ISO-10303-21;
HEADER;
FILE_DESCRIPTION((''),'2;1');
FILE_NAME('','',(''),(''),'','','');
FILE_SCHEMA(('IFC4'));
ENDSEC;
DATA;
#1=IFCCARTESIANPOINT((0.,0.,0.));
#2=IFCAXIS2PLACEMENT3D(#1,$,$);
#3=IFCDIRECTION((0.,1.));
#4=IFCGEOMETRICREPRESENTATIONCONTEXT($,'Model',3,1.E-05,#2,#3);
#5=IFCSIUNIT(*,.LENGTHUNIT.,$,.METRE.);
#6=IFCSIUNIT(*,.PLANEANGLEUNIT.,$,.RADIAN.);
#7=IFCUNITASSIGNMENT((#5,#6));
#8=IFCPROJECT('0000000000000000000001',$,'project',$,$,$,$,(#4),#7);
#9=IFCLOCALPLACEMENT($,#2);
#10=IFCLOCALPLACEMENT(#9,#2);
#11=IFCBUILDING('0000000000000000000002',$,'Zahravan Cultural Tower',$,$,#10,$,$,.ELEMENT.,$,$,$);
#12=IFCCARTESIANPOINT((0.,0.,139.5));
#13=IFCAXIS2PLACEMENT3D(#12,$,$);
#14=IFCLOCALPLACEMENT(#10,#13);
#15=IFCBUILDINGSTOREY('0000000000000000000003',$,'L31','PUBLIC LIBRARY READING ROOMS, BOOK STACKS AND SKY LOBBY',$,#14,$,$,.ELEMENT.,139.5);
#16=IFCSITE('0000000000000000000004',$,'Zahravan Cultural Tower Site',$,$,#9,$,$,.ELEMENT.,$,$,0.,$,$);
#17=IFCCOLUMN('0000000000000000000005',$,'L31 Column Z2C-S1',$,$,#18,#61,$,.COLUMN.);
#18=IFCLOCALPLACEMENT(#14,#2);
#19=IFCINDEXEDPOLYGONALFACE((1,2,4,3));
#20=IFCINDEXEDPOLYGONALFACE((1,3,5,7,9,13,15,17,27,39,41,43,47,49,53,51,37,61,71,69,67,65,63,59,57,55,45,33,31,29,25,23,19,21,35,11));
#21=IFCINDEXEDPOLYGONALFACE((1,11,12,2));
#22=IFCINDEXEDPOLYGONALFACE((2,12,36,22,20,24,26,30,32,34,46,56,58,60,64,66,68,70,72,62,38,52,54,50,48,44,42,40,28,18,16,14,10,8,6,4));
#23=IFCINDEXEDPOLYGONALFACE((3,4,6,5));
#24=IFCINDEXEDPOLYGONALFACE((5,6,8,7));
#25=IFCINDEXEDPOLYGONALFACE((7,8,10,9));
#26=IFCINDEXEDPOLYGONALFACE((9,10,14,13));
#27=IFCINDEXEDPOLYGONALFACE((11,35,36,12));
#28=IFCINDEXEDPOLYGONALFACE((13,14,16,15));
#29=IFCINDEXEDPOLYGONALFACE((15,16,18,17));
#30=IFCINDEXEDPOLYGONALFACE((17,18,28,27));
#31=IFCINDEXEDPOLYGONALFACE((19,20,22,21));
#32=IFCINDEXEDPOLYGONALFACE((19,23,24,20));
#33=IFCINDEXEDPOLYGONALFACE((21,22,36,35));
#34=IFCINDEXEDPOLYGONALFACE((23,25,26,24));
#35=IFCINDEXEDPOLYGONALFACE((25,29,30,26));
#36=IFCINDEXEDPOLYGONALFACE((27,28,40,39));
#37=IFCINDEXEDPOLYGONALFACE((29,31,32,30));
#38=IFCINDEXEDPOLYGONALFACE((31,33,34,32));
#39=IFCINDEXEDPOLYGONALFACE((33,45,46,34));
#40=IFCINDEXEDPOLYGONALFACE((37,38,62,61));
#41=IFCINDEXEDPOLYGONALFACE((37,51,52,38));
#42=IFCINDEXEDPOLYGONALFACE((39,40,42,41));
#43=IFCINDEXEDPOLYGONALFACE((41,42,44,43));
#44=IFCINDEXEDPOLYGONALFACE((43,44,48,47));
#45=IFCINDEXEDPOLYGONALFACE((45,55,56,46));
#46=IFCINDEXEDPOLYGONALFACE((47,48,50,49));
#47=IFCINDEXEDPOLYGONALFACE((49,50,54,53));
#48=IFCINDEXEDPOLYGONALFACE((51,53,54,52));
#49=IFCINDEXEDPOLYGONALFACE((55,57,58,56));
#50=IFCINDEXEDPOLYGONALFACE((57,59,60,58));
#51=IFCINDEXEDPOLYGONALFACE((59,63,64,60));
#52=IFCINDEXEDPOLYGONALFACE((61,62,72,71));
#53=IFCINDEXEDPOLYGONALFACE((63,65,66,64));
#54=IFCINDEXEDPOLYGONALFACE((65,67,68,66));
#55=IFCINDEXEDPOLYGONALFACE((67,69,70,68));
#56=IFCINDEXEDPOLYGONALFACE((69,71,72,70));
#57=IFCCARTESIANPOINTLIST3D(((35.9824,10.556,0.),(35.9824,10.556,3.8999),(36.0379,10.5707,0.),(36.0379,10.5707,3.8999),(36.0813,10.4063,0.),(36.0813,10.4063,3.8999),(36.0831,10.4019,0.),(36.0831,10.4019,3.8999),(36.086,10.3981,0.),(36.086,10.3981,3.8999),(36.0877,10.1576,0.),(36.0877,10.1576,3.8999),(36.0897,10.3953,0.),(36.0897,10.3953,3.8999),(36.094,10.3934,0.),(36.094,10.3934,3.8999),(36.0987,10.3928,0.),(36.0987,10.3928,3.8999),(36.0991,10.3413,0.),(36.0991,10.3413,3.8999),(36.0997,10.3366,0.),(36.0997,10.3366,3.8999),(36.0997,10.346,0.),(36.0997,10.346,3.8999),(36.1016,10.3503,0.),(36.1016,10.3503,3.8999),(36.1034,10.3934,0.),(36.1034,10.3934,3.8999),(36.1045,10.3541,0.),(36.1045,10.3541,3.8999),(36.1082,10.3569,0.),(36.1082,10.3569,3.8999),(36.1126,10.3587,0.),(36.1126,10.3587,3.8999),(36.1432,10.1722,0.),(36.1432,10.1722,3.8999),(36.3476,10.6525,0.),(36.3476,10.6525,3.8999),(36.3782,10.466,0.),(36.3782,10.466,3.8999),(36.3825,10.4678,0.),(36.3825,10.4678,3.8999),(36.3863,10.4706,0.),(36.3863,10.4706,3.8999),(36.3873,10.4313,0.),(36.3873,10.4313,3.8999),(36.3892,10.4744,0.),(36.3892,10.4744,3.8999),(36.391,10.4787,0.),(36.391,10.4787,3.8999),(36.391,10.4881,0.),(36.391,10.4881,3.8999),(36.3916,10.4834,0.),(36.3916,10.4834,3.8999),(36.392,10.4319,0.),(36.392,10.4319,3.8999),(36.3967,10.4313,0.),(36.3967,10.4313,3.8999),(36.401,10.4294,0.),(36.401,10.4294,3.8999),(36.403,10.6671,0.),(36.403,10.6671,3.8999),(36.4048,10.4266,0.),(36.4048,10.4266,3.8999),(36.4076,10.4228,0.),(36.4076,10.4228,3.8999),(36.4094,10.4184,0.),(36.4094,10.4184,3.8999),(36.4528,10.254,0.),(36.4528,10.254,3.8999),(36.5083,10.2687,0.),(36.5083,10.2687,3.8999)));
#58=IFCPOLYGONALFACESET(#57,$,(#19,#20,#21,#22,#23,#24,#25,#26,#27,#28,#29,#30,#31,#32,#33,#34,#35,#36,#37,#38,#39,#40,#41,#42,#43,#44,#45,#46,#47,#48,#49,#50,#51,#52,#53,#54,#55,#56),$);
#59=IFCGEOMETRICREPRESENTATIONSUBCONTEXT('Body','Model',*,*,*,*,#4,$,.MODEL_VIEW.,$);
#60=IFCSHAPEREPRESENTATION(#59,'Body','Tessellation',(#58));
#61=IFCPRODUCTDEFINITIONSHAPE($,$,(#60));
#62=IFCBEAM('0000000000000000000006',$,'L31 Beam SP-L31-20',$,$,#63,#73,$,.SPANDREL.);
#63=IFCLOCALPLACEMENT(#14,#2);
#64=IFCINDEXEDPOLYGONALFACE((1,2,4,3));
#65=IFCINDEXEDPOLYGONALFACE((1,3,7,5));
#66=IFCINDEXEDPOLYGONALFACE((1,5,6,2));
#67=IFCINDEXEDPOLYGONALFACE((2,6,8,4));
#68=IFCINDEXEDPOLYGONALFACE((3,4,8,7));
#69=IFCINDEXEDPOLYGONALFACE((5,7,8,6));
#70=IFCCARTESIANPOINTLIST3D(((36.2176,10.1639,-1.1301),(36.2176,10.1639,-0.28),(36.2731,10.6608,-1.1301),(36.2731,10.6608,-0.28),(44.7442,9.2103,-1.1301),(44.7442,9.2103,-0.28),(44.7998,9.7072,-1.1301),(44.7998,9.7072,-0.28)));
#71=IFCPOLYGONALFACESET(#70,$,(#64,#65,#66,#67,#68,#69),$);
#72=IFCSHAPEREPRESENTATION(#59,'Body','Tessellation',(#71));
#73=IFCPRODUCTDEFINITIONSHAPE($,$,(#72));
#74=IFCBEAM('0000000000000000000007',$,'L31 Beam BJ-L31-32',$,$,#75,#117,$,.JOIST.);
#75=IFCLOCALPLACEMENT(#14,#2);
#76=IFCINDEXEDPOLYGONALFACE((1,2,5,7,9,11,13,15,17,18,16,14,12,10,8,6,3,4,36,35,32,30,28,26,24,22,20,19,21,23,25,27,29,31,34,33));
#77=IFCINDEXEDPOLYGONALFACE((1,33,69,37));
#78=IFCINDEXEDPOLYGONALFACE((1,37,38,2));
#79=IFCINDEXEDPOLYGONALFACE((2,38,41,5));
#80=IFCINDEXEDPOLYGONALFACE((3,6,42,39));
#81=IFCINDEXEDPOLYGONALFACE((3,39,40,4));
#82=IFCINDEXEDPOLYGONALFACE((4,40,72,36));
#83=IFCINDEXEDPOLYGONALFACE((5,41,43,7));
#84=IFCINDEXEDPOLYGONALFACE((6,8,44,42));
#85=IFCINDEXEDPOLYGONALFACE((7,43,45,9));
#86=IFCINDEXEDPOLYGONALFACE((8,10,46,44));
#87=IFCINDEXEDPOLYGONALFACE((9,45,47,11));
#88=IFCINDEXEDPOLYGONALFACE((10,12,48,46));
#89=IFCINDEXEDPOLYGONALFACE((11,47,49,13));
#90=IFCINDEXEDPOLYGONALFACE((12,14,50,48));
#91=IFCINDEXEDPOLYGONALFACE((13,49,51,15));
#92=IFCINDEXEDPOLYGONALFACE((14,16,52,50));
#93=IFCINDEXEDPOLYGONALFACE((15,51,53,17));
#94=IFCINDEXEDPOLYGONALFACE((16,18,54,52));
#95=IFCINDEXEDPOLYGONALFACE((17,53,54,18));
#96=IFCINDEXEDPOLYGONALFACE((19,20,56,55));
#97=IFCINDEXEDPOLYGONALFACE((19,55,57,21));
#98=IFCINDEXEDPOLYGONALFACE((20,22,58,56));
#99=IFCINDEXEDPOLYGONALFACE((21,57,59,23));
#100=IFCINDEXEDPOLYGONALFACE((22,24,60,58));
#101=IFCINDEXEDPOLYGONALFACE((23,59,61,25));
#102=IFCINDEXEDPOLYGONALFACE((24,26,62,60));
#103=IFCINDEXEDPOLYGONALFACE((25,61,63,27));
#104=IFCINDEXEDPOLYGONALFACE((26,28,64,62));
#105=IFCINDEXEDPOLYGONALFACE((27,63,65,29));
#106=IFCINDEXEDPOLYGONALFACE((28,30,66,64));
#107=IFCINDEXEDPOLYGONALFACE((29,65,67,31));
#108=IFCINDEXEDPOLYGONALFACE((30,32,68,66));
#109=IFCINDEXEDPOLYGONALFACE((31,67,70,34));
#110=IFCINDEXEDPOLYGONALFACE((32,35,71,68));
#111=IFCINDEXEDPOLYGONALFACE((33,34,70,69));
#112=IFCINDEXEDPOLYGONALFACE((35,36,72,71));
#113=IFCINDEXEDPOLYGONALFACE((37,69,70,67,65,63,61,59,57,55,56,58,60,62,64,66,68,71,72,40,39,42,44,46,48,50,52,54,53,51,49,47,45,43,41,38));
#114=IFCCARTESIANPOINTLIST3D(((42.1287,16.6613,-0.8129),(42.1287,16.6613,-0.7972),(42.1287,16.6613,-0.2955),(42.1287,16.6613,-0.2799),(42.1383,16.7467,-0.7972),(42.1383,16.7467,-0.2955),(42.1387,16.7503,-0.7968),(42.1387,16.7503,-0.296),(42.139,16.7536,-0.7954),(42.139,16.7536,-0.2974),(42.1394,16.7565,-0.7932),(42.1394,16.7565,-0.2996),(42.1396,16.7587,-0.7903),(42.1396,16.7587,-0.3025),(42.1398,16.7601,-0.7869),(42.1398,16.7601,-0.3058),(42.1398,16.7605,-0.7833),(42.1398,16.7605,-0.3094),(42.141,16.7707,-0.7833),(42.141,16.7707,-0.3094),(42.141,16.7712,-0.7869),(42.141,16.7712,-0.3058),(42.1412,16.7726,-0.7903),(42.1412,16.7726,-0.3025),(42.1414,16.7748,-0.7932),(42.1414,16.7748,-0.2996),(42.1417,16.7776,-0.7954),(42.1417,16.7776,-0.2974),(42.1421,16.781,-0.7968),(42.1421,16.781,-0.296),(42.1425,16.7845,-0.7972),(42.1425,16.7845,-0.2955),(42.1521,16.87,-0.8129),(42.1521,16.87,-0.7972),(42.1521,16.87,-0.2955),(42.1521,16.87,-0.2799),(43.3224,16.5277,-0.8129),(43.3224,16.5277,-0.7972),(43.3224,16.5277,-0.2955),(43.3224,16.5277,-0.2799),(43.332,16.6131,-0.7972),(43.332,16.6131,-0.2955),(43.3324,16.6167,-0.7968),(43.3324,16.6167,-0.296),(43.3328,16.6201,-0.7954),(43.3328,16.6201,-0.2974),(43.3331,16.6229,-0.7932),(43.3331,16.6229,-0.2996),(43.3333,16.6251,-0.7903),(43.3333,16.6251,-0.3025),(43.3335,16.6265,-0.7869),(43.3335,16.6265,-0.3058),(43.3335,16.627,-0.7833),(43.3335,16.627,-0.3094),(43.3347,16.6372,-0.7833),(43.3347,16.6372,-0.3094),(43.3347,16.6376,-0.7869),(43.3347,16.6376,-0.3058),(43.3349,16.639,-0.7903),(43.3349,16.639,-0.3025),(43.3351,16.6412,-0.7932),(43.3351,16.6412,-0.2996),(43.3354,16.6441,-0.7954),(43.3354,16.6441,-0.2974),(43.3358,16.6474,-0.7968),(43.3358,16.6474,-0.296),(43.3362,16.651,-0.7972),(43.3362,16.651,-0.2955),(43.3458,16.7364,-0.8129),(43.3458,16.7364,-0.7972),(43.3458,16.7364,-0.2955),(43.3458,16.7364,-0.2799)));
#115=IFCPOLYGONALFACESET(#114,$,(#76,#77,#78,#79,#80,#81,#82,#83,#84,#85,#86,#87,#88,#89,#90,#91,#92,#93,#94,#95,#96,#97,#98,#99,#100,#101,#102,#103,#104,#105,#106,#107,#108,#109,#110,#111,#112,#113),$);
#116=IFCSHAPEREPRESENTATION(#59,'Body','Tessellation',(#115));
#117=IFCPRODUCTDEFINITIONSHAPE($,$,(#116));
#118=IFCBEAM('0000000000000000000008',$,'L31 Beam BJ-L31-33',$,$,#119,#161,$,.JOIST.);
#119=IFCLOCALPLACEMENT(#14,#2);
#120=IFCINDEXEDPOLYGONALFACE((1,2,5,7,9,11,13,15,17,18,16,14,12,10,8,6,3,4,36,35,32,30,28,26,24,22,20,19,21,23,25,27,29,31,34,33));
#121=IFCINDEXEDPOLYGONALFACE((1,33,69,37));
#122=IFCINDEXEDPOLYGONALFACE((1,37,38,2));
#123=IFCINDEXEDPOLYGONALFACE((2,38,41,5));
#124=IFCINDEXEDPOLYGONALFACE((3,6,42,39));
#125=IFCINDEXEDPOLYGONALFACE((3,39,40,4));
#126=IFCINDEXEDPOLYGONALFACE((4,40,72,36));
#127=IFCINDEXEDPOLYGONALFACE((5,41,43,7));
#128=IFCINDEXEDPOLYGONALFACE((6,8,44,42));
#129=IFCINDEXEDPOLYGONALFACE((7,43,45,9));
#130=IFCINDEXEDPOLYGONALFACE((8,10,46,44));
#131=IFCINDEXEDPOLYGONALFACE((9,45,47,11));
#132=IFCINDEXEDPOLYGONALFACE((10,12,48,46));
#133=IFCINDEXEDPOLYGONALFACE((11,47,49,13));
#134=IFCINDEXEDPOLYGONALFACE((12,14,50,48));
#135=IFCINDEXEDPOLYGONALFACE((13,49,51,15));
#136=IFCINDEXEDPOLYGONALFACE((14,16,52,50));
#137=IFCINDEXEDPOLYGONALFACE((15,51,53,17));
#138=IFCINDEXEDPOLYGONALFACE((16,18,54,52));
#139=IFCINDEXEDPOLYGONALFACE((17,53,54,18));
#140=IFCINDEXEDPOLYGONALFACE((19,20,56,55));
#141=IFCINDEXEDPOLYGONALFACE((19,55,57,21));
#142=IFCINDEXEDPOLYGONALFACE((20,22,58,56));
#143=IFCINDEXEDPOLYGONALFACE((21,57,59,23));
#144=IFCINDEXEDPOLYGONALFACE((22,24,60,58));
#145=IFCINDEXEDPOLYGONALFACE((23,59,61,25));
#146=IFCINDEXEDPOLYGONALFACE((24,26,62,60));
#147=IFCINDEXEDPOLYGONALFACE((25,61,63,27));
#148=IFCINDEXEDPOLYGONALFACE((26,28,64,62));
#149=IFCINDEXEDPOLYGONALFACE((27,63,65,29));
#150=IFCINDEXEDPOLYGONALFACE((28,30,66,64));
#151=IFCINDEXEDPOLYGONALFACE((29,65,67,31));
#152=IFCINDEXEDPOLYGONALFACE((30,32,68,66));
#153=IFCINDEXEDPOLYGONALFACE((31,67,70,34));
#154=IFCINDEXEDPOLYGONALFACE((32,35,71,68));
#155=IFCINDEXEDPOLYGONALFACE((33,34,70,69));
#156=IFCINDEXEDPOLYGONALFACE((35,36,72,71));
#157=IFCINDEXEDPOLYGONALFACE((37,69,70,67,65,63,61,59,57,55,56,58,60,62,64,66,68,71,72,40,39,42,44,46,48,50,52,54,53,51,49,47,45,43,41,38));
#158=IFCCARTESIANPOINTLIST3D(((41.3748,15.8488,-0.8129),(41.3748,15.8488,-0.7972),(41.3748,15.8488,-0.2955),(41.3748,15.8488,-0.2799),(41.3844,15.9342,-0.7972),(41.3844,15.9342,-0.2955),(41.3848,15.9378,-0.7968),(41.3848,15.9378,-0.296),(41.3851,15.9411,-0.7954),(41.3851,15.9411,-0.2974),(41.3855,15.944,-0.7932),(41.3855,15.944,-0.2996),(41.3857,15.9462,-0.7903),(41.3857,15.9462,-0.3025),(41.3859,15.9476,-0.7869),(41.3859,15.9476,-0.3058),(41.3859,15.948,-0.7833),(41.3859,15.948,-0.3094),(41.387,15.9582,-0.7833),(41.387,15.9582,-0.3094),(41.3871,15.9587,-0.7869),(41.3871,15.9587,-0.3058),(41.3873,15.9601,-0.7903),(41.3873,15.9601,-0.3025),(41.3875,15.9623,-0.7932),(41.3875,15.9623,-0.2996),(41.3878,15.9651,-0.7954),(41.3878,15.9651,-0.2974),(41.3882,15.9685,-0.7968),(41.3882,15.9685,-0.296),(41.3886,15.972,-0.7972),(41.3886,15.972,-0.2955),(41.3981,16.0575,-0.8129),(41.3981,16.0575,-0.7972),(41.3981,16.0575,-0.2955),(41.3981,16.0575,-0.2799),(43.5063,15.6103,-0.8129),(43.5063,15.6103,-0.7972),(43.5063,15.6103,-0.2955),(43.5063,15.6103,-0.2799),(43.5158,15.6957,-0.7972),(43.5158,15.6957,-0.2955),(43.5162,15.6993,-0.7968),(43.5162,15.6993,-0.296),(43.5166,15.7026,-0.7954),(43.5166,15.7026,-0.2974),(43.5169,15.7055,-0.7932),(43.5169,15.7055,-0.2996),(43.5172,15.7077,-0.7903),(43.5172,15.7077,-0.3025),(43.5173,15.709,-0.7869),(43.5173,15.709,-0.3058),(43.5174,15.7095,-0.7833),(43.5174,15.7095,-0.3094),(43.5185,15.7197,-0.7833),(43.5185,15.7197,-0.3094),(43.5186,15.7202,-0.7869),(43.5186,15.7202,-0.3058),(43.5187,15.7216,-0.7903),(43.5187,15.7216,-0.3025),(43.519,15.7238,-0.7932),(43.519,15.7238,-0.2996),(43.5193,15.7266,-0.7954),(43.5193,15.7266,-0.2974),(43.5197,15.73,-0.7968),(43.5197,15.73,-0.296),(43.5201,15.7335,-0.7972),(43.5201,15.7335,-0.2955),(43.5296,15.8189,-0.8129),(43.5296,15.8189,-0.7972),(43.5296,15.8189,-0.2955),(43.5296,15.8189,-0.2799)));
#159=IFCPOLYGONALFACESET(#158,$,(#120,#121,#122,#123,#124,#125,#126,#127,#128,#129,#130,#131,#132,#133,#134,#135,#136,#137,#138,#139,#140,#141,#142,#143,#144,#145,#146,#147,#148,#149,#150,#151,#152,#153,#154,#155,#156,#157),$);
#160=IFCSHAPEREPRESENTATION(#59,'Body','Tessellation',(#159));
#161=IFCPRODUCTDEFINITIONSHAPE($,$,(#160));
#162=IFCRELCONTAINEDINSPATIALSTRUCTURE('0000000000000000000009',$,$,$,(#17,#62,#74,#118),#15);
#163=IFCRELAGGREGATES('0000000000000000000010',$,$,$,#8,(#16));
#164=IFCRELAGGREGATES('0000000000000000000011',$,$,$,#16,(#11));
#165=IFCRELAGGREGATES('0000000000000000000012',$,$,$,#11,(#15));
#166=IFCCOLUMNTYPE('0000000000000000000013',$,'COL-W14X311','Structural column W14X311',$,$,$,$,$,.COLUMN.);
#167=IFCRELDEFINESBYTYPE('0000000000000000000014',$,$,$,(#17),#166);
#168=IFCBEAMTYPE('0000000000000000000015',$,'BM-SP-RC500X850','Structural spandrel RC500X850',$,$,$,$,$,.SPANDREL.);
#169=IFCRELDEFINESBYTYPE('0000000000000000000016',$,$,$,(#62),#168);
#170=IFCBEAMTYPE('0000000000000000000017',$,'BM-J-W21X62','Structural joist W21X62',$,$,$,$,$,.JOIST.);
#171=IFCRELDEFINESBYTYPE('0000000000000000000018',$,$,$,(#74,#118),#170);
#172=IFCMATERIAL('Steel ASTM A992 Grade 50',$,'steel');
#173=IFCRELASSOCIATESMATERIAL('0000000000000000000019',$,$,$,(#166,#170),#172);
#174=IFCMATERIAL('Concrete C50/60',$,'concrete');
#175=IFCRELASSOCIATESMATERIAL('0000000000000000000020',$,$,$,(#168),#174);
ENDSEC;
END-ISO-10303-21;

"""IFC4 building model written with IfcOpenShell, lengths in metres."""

from ifc_helpers import new_model, si_unit, direction, frame, origin, origin_2d, place, context, subcontext, project, spatial, rectangle, i_section, extrude, source, transform, mapped, material, material_profile, profile_set, type_object, element, save


model = new_model("IFC4")

# Units and contexts
model_context = context("Model", 3, precision=1e-05, world=origin(), true_north=direction((0.0, 1.0)))
body_context = subcontext(model_context, "Body", "Model", "MODEL_VIEW")
ifc_project = project(units=[si_unit("LENGTHUNIT", "METRE"), si_unit("PLANEANGLEUNIT", "RADIAN")], contexts=[model_context])

# Site, building, storey
site_placement = place(None, origin())
site = spatial("IfcSite", under=ifc_project, at=site_placement, Name="Zahravan Cultural Tower Site", CompositionType="ELEMENT", RefElevation=0.0)
building_placement = place(site_placement, origin())
building = spatial("IfcBuilding", under=site, at=building_placement, Name="Zahravan Cultural Tower", CompositionType="ELEMENT")
storey_placement = place(building_placement, frame((0.0, 0.0, 139.5)))
storey = spatial("IfcBuildingStorey", under=building, at=storey_placement, Name="L31", Description="PUBLIC LIBRARY READING ROOMS, BOOK STACKS AND SKY LOBBY", CompositionType="ELEMENT", Elevation=139.5)

# Column
ifc_material_1 = material(Name="Steel ASTM A992 Grade 50", Category="steel")
ifc_material_profile_1 = material_profile(ifc_material_1, i_section(OverallWidth=0.4121, OverallDepth=0.4351, WebThickness=0.0359, FlangeThickness=0.0574, FilletRadius=0.0181, at=origin_2d()), Name="W14X311")
ifc_profile_set_1 = profile_set([ifc_material_profile_1], Name="Steel ASTM A992 Grade 50")
column_type = type_object("IfcColumnType", Name="COL-W14X311", Description="Structural column W14X311", PredefinedType="COLUMN", material=ifc_profile_set_1)
shared_shape_1 = source(origin(), body_context, "Body", "SweptSolid", [
    extrude(i_section(OverallWidth=0.4121, OverallDepth=0.4351, WebThickness=0.0359, FlangeThickness=0.0574, FilletRadius=0.0181, at=origin_2d()), origin(), (0.0, 0.0, 1.0), 3.8999),
])
column_placement = place(storey_placement, frame((36.2454, 10.4124, 0.0), z_axis=(0.0, 0.0, 1.0), x_axis=(-0.255446, 0.966823, 0.0)))
element("IfcColumn", 1, at=column_placement, inside=storey, type_object=column_type, Name="L31 Column Z2C-S1", PredefinedType="COLUMN", context=body_context, shape_type="MappedRepresentation", body=[
    mapped(shared_shape_1, transform((0.0, 0.0, 0.0), x_axis=(1.0, 0.0, 0.0), y_axis=(0.0, 1.0, 0.0), z_axis=(0.0, 0.0, 1.0), scale=1.0)),
])

# Beams
ifc_material_2 = material(Name="Concrete C50/60", Category="concrete")
ifc_material_profile_2 = material_profile(ifc_material_2, rectangle(XDim=0.5, YDim=0.8501, at=origin_2d()), Name="RC500X850")
ifc_profile_set_2 = profile_set([ifc_material_profile_2], Name="Concrete C50/60")
beam_type_1 = type_object("IfcBeamType", Name="BM-SP-RC500X850", Description="Structural spandrel RC500X850", PredefinedType="SPANDREL", material=ifc_profile_set_2)
shared_shape_2 = source(origin(), body_context, "Body", "SweptSolid", [
    extrude(rectangle(XDim=0.5, YDim=0.8501, at=origin_2d()), origin(), (0.0, 0.0, 1.0), 8.5798),
])
beam_1_placement = place(storey_placement, frame((36.2454, 10.4124, -0.7051), z_axis=(0.993804, -0.111147, 0.0), x_axis=(0.111147, 0.993804, 0.0)))
element("IfcBeam", 2, at=beam_1_placement, inside=storey, type_object=beam_type_1, Name="L31 Beam SP-L31-20", PredefinedType="SPANDREL", context=body_context, shape_type="MappedRepresentation", body=[
    mapped(shared_shape_2, transform((0.0, 0.0, 0.0), x_axis=(1.0, 0.0, 0.0), y_axis=(0.0, 1.0, 0.0), z_axis=(0.0, 0.0, 1.0), scale=1.0)),
])
ifc_material_profile_3 = material_profile(ifc_material_1, i_section(OverallWidth=0.21, OverallDepth=0.533, WebThickness=0.0103, FlangeThickness=0.0156, FilletRadius=0.0139, at=origin_2d()), Name="W21X62")
ifc_profile_set_3 = profile_set([ifc_material_profile_3], Name="Steel ASTM A992 Grade 50")
beam_type_2 = type_object("IfcBeamType", Name="BM-J-W21X62", Description="Structural joist W21X62", PredefinedType="JOIST", material=ifc_profile_set_3)
shared_shape_3 = source(origin(), body_context, "Body", "SweptSolid", [
    extrude(i_section(OverallWidth=0.21, OverallDepth=0.533, WebThickness=0.0103, FlangeThickness=0.0156, FilletRadius=0.0139, at=origin_2d()), origin(), (0.0, 0.0, 1.0), 1.2012),
])
beam_2_placement = place(storey_placement, frame((42.1404, 16.7656, -0.5464), z_axis=(0.993799, -0.11119, 0.0), x_axis=(0.11119, 0.993799, 0.0)))
element("IfcBeam", 3, at=beam_2_placement, inside=storey, type_object=beam_type_2, Name="L31 Beam BJ-L31-32", PredefinedType="JOIST", context=body_context, shape_type="MappedRepresentation", body=[
    mapped(shared_shape_3, transform((0.0, 0.0, 0.0), x_axis=(1.0, 0.0, 0.0), y_axis=(0.0, 1.0, 0.0), z_axis=(0.0, 0.0, 1.0), scale=1.0)),
])
shared_shape_4 = source(origin(), body_context, "Body", "SweptSolid", [
    extrude(i_section(OverallWidth=0.21, OverallDepth=0.533, WebThickness=0.0103, FlangeThickness=0.0156, FilletRadius=0.0139, at=origin_2d()), origin(), (0.0, 0.0, 1.0), 2.1448),
])
beam_3_placement = place(storey_placement, frame((41.3865, 15.9531, -0.5464), z_axis=(0.993797, -0.111206, 0.0), x_axis=(0.111206, 0.993797, 0.0)))
element("IfcBeam", 4, at=beam_3_placement, inside=storey, type_object=beam_type_2, Name="L31 Beam BJ-L31-33", PredefinedType="JOIST", context=body_context, shape_type="MappedRepresentation", body=[
    mapped(shared_shape_4, transform((0.0, 0.0, 0.0), x_axis=(1.0, 0.0, 0.0), y_axis=(0.0, 1.0, 0.0), z_axis=(0.0, 0.0, 1.0), scale=1.0)),
])

save(model, "model.ifc")
